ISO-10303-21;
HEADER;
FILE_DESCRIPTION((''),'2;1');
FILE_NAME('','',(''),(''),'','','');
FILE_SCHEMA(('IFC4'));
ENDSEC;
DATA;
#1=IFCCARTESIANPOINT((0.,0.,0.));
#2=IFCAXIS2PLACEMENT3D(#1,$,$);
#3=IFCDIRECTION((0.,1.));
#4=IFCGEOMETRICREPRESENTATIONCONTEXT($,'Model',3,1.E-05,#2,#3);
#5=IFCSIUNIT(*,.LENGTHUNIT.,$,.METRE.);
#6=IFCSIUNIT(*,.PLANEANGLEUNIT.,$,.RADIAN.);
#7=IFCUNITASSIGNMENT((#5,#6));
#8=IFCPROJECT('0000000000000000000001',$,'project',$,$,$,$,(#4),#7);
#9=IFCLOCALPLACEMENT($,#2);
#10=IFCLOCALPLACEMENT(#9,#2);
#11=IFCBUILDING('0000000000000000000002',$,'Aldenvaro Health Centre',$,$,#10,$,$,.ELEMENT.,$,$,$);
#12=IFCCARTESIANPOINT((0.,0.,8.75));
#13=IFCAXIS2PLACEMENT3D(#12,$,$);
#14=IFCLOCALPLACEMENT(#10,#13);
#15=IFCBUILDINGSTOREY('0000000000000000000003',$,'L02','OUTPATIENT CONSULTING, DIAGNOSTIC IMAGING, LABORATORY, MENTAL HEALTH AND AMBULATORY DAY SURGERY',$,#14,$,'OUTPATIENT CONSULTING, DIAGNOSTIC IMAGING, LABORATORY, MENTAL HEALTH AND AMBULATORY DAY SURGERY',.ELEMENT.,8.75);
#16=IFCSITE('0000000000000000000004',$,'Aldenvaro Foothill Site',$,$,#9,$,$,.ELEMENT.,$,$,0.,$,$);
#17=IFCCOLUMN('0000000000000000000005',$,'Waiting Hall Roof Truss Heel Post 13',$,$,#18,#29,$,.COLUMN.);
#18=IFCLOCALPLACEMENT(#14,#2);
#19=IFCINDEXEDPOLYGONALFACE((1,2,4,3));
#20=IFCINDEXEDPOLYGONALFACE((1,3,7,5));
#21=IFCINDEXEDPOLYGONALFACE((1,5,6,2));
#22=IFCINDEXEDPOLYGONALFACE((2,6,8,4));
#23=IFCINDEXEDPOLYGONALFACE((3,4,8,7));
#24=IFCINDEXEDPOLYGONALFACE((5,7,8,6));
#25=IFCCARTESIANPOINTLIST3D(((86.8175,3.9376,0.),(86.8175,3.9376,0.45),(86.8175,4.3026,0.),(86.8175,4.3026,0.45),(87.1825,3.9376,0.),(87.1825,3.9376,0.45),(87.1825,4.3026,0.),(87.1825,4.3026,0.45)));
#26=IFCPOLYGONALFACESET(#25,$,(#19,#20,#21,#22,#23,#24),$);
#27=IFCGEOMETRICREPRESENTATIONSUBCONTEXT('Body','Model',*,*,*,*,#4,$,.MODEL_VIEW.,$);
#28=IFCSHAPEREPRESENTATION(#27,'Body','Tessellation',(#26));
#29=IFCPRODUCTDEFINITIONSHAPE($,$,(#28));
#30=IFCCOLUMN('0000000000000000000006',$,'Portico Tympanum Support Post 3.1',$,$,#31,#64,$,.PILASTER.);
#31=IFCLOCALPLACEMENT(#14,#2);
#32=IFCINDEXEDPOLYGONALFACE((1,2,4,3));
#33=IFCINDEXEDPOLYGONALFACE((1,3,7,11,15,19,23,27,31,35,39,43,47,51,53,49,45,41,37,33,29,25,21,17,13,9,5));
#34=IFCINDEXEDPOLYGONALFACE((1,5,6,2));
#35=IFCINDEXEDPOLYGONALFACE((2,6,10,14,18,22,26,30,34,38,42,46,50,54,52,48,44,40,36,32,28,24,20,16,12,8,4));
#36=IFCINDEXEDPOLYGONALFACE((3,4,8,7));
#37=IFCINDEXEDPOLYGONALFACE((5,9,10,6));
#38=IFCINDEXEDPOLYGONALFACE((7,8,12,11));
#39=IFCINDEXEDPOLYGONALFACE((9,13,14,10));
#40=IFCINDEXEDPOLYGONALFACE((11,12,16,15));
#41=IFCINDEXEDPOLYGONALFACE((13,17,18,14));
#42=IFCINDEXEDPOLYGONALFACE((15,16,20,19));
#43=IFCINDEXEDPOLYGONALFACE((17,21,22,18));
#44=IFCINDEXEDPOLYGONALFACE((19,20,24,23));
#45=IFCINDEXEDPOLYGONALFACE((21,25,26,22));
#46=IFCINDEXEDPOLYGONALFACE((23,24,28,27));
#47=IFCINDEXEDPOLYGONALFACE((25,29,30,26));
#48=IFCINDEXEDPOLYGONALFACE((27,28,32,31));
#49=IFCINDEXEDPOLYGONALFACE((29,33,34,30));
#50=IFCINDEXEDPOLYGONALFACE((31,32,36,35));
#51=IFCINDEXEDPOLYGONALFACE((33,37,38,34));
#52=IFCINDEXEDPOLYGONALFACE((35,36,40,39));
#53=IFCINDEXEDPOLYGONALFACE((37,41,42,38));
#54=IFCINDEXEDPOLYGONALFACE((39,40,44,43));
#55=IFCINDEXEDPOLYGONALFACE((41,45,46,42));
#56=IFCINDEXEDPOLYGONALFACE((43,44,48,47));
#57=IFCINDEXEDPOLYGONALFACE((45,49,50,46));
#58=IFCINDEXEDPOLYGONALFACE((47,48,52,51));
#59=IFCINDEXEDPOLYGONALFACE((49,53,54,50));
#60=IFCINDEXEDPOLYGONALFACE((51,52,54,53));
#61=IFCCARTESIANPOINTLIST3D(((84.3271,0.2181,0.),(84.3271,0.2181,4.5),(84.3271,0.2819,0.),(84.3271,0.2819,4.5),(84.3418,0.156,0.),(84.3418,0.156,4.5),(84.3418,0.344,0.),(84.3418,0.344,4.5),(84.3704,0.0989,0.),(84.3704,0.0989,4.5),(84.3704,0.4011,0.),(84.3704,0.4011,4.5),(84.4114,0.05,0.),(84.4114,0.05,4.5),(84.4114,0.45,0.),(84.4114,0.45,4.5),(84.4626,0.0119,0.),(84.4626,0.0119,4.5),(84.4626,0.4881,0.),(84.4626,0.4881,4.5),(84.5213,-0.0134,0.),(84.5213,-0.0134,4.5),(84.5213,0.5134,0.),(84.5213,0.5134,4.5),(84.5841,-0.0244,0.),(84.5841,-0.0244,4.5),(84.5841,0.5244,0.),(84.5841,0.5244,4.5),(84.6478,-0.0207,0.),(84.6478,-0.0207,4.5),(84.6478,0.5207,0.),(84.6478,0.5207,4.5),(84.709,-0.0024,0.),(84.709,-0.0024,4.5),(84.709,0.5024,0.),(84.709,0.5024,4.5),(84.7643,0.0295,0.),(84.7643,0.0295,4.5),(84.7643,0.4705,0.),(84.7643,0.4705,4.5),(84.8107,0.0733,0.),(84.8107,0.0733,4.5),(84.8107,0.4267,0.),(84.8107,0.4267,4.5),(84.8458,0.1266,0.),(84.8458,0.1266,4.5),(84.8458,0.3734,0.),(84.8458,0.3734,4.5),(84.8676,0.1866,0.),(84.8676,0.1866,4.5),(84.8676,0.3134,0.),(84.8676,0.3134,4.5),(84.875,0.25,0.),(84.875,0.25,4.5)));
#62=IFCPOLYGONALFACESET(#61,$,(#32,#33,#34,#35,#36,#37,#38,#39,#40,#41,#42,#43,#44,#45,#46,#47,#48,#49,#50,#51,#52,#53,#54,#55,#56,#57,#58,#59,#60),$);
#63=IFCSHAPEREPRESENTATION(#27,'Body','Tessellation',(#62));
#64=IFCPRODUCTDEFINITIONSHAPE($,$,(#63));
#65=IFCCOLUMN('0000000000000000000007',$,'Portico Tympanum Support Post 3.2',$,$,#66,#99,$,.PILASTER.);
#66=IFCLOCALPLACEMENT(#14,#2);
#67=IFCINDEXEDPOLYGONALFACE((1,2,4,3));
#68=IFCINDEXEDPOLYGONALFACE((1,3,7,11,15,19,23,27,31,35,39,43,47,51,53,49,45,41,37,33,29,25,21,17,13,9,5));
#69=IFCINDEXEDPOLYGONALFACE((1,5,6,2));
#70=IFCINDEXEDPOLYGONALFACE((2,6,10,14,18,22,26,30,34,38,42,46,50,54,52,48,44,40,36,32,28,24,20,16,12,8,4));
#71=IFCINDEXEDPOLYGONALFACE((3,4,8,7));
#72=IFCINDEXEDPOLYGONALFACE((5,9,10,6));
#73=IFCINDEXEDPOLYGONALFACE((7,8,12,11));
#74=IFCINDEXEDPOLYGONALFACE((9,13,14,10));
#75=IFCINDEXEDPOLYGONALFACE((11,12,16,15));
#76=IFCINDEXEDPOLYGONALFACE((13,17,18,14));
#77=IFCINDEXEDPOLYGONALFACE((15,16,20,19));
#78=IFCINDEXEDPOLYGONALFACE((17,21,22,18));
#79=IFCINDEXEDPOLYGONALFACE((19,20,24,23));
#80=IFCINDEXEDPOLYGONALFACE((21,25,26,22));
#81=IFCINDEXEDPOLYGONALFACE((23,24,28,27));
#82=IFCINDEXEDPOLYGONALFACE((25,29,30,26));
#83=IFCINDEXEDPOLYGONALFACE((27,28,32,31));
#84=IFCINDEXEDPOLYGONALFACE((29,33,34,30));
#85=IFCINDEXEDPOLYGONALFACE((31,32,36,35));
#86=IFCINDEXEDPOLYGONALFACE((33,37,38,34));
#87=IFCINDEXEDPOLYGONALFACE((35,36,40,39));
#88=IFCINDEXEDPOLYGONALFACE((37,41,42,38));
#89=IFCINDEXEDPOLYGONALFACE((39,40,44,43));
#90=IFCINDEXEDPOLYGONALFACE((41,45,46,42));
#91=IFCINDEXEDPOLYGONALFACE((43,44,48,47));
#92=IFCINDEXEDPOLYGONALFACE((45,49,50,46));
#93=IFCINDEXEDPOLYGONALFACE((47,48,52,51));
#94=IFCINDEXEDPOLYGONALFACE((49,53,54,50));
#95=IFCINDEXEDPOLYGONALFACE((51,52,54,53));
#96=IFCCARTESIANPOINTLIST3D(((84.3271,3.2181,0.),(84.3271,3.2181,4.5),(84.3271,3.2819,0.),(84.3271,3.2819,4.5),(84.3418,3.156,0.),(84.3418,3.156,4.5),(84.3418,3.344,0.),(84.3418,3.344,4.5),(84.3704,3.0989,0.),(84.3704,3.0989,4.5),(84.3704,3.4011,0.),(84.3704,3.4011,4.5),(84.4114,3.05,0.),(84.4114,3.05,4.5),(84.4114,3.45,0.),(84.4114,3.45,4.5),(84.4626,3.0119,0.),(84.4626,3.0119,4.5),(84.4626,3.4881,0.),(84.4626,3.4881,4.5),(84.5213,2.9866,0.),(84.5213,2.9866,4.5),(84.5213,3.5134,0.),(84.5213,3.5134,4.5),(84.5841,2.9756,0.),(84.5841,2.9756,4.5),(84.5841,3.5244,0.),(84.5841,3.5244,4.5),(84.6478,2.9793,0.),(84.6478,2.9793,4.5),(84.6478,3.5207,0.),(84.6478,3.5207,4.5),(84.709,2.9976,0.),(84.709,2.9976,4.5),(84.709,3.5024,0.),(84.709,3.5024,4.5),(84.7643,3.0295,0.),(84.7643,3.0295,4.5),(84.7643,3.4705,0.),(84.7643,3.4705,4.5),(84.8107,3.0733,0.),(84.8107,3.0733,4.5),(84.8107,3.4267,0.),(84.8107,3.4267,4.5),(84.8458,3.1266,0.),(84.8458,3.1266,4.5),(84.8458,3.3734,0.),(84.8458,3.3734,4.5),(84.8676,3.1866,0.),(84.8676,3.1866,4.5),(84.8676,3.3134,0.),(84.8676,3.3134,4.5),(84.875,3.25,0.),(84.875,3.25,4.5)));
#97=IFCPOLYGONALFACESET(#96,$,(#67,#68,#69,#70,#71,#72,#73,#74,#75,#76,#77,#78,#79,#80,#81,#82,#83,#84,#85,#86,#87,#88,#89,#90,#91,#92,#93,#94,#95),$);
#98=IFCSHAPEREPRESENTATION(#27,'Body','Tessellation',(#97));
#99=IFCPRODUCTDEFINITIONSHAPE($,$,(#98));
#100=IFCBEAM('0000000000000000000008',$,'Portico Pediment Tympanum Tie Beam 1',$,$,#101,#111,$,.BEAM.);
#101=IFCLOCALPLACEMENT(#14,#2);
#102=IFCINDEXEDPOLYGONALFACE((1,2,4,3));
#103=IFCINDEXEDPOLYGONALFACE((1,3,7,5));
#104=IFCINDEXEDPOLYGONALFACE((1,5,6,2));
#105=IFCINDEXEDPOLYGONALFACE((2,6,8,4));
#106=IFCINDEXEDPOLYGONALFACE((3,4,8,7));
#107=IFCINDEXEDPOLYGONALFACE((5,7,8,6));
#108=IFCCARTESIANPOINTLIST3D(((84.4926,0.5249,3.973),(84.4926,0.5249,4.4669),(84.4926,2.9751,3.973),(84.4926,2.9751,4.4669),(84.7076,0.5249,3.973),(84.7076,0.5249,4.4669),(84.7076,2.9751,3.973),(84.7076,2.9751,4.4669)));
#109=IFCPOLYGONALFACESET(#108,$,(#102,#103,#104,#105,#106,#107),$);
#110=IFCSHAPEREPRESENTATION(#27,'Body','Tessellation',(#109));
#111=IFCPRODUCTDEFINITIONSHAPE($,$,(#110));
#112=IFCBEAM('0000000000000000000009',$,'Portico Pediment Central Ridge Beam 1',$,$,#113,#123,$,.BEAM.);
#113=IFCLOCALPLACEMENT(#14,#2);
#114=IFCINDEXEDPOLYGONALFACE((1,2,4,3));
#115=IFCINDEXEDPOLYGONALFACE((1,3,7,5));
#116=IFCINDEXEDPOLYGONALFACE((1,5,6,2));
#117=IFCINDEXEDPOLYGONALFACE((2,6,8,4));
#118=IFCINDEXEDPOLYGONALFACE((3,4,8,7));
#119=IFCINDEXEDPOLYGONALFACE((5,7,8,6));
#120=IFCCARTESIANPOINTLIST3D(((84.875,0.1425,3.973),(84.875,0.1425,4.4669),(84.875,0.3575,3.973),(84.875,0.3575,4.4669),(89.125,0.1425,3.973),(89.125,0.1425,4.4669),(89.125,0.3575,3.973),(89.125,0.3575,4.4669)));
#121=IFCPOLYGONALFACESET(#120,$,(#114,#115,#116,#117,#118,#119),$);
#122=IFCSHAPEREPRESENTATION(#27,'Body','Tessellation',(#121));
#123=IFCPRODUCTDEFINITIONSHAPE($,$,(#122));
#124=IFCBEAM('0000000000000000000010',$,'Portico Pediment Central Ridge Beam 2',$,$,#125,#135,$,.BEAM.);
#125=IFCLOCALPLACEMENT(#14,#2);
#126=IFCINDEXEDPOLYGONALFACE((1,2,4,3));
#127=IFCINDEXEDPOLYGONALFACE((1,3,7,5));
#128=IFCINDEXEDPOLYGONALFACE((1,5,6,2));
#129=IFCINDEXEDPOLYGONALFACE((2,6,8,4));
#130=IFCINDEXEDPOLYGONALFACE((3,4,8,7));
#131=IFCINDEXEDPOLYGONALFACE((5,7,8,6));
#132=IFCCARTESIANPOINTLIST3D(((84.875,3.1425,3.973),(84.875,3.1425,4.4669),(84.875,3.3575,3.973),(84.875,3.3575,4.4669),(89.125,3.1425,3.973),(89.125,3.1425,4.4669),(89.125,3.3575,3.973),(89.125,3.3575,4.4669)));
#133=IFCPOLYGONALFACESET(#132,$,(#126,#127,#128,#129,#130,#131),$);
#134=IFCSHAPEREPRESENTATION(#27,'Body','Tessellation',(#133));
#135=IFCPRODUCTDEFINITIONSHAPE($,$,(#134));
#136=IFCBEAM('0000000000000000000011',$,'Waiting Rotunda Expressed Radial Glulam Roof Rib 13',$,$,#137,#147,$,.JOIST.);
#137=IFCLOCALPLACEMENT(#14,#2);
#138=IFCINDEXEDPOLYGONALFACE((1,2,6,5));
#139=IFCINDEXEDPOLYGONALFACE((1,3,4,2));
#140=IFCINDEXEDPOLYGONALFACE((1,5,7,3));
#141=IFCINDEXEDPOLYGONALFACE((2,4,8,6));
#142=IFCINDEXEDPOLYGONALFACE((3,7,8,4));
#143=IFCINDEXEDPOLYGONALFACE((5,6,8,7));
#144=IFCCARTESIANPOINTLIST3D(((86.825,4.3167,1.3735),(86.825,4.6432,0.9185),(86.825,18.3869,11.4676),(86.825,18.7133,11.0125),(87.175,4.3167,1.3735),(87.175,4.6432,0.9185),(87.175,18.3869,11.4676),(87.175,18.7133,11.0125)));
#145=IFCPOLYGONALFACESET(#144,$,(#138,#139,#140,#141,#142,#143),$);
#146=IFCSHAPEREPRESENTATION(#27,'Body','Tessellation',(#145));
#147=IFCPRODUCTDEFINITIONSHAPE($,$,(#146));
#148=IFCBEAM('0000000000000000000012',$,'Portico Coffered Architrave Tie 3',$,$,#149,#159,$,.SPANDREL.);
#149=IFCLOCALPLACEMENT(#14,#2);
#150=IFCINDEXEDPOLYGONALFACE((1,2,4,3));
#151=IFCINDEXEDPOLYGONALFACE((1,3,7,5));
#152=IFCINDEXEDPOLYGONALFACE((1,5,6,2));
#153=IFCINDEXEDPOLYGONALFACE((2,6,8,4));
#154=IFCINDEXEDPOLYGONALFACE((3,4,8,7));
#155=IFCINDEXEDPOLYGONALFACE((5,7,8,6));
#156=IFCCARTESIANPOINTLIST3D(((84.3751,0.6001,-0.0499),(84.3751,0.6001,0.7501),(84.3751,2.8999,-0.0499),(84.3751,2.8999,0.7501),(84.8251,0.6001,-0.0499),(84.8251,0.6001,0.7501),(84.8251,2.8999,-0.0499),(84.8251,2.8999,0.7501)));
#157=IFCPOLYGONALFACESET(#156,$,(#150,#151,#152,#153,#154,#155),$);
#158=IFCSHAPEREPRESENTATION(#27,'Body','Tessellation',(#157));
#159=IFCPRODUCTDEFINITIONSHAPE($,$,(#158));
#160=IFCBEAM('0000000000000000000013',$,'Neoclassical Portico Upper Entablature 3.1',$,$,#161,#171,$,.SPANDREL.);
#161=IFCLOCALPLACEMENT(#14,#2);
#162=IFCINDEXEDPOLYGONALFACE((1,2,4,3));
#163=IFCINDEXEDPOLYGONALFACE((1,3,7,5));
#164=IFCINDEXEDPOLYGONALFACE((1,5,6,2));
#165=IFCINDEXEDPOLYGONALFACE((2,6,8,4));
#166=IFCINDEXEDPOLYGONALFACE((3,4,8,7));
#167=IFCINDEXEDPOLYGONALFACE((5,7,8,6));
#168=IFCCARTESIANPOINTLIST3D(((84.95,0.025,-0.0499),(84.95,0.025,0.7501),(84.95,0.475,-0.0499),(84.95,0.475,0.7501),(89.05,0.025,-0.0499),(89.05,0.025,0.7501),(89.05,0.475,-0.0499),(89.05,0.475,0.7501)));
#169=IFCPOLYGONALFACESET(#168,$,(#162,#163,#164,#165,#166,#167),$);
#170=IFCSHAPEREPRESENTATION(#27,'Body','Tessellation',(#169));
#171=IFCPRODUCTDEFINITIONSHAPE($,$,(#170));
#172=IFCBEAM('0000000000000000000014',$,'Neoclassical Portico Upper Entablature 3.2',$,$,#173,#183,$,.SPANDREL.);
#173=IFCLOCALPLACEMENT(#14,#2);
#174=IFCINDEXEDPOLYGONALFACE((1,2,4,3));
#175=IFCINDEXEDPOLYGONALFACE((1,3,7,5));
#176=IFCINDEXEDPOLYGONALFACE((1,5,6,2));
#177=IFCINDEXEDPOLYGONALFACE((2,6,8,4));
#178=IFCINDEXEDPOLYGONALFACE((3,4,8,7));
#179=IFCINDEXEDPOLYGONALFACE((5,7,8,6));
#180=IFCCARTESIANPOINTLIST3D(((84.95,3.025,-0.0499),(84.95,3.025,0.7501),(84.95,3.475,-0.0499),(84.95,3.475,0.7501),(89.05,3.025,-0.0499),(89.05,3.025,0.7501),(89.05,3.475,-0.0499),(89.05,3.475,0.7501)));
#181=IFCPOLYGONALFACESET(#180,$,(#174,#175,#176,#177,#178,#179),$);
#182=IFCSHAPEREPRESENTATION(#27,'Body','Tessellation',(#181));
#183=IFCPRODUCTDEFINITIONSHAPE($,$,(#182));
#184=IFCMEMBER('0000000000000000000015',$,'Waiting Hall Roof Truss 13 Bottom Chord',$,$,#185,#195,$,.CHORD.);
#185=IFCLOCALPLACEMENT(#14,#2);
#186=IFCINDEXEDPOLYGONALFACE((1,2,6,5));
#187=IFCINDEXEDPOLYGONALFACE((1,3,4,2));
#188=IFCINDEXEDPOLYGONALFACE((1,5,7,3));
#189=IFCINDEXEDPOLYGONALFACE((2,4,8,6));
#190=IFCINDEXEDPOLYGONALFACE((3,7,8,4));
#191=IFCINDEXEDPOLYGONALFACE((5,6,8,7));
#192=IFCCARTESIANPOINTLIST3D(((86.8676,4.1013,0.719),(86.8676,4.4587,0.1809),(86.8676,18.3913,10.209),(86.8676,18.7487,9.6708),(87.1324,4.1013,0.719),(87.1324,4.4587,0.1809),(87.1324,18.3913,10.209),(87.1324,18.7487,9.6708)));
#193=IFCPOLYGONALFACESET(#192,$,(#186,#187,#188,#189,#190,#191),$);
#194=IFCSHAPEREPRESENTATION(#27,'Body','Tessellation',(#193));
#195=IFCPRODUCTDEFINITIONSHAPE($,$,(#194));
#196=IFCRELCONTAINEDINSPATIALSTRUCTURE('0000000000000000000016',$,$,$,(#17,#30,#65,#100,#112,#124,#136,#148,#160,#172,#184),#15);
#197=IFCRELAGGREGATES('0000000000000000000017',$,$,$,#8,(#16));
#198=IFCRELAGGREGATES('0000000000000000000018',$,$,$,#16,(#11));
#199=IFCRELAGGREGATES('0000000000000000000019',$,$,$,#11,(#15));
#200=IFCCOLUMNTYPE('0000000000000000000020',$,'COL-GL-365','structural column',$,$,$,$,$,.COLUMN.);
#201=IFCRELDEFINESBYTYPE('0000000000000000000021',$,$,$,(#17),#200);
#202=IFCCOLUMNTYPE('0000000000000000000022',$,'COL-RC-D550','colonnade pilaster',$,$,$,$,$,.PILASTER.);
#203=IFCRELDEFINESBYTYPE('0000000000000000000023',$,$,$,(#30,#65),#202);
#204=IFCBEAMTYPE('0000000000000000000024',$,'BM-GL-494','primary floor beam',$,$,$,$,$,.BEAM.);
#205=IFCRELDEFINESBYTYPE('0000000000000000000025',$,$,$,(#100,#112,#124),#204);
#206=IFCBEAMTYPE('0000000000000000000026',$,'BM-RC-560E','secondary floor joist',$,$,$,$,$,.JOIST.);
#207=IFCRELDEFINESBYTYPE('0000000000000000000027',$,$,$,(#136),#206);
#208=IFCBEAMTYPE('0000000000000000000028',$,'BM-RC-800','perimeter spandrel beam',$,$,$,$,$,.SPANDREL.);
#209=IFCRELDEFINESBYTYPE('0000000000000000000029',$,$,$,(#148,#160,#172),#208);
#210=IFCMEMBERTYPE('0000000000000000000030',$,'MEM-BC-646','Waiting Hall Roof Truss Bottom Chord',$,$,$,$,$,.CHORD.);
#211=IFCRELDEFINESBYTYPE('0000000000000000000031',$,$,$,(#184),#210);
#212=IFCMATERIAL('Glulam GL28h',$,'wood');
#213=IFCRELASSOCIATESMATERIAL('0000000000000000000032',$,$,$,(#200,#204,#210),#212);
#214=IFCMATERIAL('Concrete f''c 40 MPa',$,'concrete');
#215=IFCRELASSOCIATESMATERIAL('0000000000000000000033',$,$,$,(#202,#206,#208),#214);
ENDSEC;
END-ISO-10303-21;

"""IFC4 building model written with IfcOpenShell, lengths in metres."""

from ifc_helpers import new_model, si_unit, direction, frame, origin, origin_2d, place, context, subcontext, project, spatial, rectangle, circle, extrude, material, material_profile, profile_set, type_object, element, save


model = new_model("IFC4")

# Units and contexts
model_context = context("Model", 3, precision=1e-05, world=origin(), true_north=direction((0.0, 1.0)))
body_context = subcontext(model_context, "Body", "Model", "MODEL_VIEW")
ifc_project = project(units=[si_unit("LENGTHUNIT", "METRE"), si_unit("PLANEANGLEUNIT", "RADIAN")], contexts=[model_context])

# Site, building, storey
site_placement = place(None, origin())
site = spatial("IfcSite", under=ifc_project, at=site_placement, Name="Aldenvaro Foothill Site", CompositionType="ELEMENT", RefElevation=0.0)
building_placement = place(site_placement, origin())
building = spatial("IfcBuilding", under=site, at=building_placement, Name="Aldenvaro Health Centre", CompositionType="ELEMENT")
storey_placement = place(building_placement, frame((0.0, 0.0, 8.75)))
storey = spatial("IfcBuildingStorey", under=building, at=storey_placement, Name="L02", Description="OUTPATIENT CONSULTING, DIAGNOSTIC IMAGING, LABORATORY, MENTAL HEALTH AND AMBULATORY DAY SURGERY", LongName="OUTPATIENT CONSULTING, DIAGNOSTIC IMAGING, LABORATORY, MENTAL HEALTH AND AMBULATORY DAY SURGERY", CompositionType="ELEMENT", Elevation=8.75)

# Columns
ifc_material_1 = material(Name="Glulam GL28h", Category="wood")
ifc_material_profile_1 = material_profile(ifc_material_1, rectangle(XDim=0.365, YDim=0.365, at=origin_2d()), Name="GL 365x365", Category="wood")
ifc_profile_set_1 = profile_set([ifc_material_profile_1], Name="Glulam GL28h")
column_type_1 = type_object("IfcColumnType", Name="COL-GL-365", Description="structural column", PredefinedType="COLUMN", material=ifc_profile_set_1)
column_placement = place(storey_placement, frame((87.0, 4.1201, 0.0), z_axis=(0.0, 0.0, 1.0), x_axis=(1.0, 0.0, 0.0)))
element("IfcColumn", 1, at=column_placement, inside=storey, type_object=column_type_1, Name="Waiting Hall Roof Truss Heel Post 13", PredefinedType="COLUMN", context=body_context, shape_type="SweptSolid", body=[
    extrude(rectangle(XDim=0.365, YDim=0.365, at=origin_2d()), origin(), (0.0, 0.0, 1.0), 0.45),
])
ifc_material_2 = material(Name="Concrete f'c 40 MPa", Category="concrete")
ifc_material_profile_2 = material_profile(ifc_material_2, circle(Radius=0.2749, at=origin_2d()), Name="RC D550", Category="concrete")
ifc_profile_set_2 = profile_set([ifc_material_profile_2], Name="Concrete f'c 40 MPa")
column_type_2 = type_object("IfcColumnType", Name="COL-RC-D550", Description="colonnade pilaster", PredefinedType="PILASTER", material=ifc_profile_set_2)
for number, where, z_axis, x_axis, name in (
    (2, (84.6001, 0.25, 0.0), (0.0, 0.0, 1.0), (1.0, 0.0, 0.0), "Portico Tympanum Support Post 3.1"),
    (3, (84.6001, 3.25, 0.0), (0.0, 0.0, 1.0), (1.0, 0.0, 0.0), "Portico Tympanum Support Post 3.2"),
):
    element("IfcColumn", number, at=place(storey_placement, frame(where, z_axis=z_axis, x_axis=x_axis)), inside=storey, type_object=column_type_2, Name=name, PredefinedType="PILASTER", context=body_context, shape_type="SweptSolid", body=[
        extrude(circle(Radius=0.2749, at=origin_2d()), origin(), (0.0, 0.0, 1.0), 4.5),
    ])

# Beams
ifc_material_profile_3 = material_profile(ifc_material_1, rectangle(XDim=0.2151, YDim=0.4939, at=origin_2d()), Name="GL 215x494", Category="wood")
ifc_profile_set_3 = profile_set([ifc_material_profile_3], Name="Glulam GL28h")
beam_type_1 = type_object("IfcBeamType", Name="BM-GL-494", Description="primary floor beam", PredefinedType="BEAM", material=ifc_profile_set_3)
beam_1_placement = place(storey_placement, frame((84.6001, 0.5249, 4.22), z_axis=(0.0, 1.0, 0.0), x_axis=(-1.0, 0.0, 0.0)))
element("IfcBeam", 4, at=beam_1_placement, inside=storey, type_object=beam_type_1, Name="Portico Pediment Tympanum Tie Beam 1", PredefinedType="BEAM", context=body_context, shape_type="SweptSolid", body=[
    extrude(rectangle(XDim=0.2151, YDim=0.4939, at=origin_2d()), origin(), (0.0, 0.0, 1.0), 2.4502),
])
for number, where, z_axis, x_axis, name in (
    (5, (84.875, 0.25, 4.22), (1.0, 0.0, 0.0), (0.0, 1.0, 0.0), "Portico Pediment Central Ridge Beam 1"),
    (6, (84.875, 3.25, 4.22), (1.0, 0.0, 0.0), (0.0, 1.0, 0.0), "Portico Pediment Central Ridge Beam 2"),
):
    element("IfcBeam", number, at=place(storey_placement, frame(where, z_axis=z_axis, x_axis=x_axis)), inside=storey, type_object=beam_type_1, Name=name, PredefinedType="BEAM", context=body_context, shape_type="SweptSolid", body=[
        extrude(rectangle(XDim=0.2151, YDim=0.4939, at=origin_2d()), origin(), (0.0, 0.0, 1.0), 4.25),
    ])
ifc_material_profile_4 = material_profile(ifc_material_2, rectangle(XDim=0.3501, YDim=0.5601, at=origin_2d()), Name="RC 350x560", Category="concrete")
ifc_profile_set_4 = profile_set([ifc_material_profile_4], Name="Concrete f'c 40 MPa")
beam_type_2 = type_object("IfcBeamType", Name="BM-RC-560E", Description="secondary floor joist", PredefinedType="JOIST", material=ifc_profile_set_4)
beam_2_placement = place(storey_placement, frame((87.0, 4.48, 1.146), z_axis=(0.0, 0.812531, 0.582917), x_axis=(-1.0, 0.0, 0.0)))
element("IfcBeam", 7, at=beam_2_placement, inside=storey, type_object=beam_type_2, Name="Waiting Rotunda Expressed Radial Glulam Roof Rib 13", PredefinedType="JOIST", context=body_context, shape_type="SweptSolid", body=[
    extrude(rectangle(XDim=0.3501, YDim=0.5601, at=origin_2d()), origin(), (0.0, 0.0, 1.0), 17.3164),
])
ifc_material_profile_5 = material_profile(ifc_material_2, rectangle(XDim=0.45, YDim=0.8, at=origin_2d()), Name="RC 450x800", Category="concrete")
ifc_profile_set_5 = profile_set([ifc_material_profile_5], Name="Concrete f'c 40 MPa")
beam_type_3 = type_object("IfcBeamType", Name="BM-RC-800", Description="perimeter spandrel beam", PredefinedType="SPANDREL", material=ifc_profile_set_5)
beam_3_placement = place(storey_placement, frame((84.6001, 0.6001, 0.3501), z_axis=(0.0, 1.0, 0.0), x_axis=(-1.0, 0.0, 0.0)))
element("IfcBeam", 8, at=beam_3_placement, inside=storey, type_object=beam_type_3, Name="Portico Coffered Architrave Tie 3", PredefinedType="SPANDREL", context=body_context, shape_type="SweptSolid", body=[
    extrude(rectangle(XDim=0.45, YDim=0.8, at=origin_2d()), origin(), (0.0, 0.0, 1.0), 2.2998),
])
for number, where, z_axis, x_axis, name in (
    (9, (84.95, 0.25, 0.3501), (1.0, 0.0, 0.0), (0.0, 1.0, 0.0), "Neoclassical Portico Upper Entablature 3.1"),
    (10, (84.95, 3.25, 0.3501), (1.0, 0.0, 0.0), (0.0, 1.0, 0.0), "Neoclassical Portico Upper Entablature 3.2"),
):
    element("IfcBeam", number, at=place(storey_placement, frame(where, z_axis=z_axis, x_axis=x_axis)), inside=storey, type_object=beam_type_3, Name=name, PredefinedType="SPANDREL", context=body_context, shape_type="SweptSolid", body=[
        extrude(rectangle(XDim=0.45, YDim=0.8, at=origin_2d()), origin(), (0.0, 0.0, 1.0), 4.1001),
    ])

# Member
ifc_material_profile_6 = material_profile(ifc_material_1, rectangle(XDim=0.2649, YDim=0.646, at=origin_2d()), Name="GL 265x646", Category="wood")
ifc_profile_set_6 = profile_set([ifc_material_profile_6], Name="Glulam GL28h")
member_type_1 = type_object("IfcMemberType", Name="MEM-BC-646", Description="Waiting Hall Roof Truss Bottom Chord", PredefinedType="CHORD", material=ifc_profile_set_6)
member_1_placement = place(storey_placement, frame((87.0, 4.28, 0.45), z_axis=(0.0, 0.833036, 0.553218), x_axis=(-1.0, 0.0, 0.0)))
element("IfcMember", 11, at=member_1_placement, inside=storey, type_object=member_type_1, Name="Waiting Hall Roof Truss 13 Bottom Chord", PredefinedType="CHORD", context=body_context, shape_type="SweptSolid", body=[
    extrude(rectangle(XDim=0.2649, YDim=0.646, at=origin_2d()), origin(), (0.0, 0.0, 1.0), 17.1541),
])

save(model, "model.ifc")
